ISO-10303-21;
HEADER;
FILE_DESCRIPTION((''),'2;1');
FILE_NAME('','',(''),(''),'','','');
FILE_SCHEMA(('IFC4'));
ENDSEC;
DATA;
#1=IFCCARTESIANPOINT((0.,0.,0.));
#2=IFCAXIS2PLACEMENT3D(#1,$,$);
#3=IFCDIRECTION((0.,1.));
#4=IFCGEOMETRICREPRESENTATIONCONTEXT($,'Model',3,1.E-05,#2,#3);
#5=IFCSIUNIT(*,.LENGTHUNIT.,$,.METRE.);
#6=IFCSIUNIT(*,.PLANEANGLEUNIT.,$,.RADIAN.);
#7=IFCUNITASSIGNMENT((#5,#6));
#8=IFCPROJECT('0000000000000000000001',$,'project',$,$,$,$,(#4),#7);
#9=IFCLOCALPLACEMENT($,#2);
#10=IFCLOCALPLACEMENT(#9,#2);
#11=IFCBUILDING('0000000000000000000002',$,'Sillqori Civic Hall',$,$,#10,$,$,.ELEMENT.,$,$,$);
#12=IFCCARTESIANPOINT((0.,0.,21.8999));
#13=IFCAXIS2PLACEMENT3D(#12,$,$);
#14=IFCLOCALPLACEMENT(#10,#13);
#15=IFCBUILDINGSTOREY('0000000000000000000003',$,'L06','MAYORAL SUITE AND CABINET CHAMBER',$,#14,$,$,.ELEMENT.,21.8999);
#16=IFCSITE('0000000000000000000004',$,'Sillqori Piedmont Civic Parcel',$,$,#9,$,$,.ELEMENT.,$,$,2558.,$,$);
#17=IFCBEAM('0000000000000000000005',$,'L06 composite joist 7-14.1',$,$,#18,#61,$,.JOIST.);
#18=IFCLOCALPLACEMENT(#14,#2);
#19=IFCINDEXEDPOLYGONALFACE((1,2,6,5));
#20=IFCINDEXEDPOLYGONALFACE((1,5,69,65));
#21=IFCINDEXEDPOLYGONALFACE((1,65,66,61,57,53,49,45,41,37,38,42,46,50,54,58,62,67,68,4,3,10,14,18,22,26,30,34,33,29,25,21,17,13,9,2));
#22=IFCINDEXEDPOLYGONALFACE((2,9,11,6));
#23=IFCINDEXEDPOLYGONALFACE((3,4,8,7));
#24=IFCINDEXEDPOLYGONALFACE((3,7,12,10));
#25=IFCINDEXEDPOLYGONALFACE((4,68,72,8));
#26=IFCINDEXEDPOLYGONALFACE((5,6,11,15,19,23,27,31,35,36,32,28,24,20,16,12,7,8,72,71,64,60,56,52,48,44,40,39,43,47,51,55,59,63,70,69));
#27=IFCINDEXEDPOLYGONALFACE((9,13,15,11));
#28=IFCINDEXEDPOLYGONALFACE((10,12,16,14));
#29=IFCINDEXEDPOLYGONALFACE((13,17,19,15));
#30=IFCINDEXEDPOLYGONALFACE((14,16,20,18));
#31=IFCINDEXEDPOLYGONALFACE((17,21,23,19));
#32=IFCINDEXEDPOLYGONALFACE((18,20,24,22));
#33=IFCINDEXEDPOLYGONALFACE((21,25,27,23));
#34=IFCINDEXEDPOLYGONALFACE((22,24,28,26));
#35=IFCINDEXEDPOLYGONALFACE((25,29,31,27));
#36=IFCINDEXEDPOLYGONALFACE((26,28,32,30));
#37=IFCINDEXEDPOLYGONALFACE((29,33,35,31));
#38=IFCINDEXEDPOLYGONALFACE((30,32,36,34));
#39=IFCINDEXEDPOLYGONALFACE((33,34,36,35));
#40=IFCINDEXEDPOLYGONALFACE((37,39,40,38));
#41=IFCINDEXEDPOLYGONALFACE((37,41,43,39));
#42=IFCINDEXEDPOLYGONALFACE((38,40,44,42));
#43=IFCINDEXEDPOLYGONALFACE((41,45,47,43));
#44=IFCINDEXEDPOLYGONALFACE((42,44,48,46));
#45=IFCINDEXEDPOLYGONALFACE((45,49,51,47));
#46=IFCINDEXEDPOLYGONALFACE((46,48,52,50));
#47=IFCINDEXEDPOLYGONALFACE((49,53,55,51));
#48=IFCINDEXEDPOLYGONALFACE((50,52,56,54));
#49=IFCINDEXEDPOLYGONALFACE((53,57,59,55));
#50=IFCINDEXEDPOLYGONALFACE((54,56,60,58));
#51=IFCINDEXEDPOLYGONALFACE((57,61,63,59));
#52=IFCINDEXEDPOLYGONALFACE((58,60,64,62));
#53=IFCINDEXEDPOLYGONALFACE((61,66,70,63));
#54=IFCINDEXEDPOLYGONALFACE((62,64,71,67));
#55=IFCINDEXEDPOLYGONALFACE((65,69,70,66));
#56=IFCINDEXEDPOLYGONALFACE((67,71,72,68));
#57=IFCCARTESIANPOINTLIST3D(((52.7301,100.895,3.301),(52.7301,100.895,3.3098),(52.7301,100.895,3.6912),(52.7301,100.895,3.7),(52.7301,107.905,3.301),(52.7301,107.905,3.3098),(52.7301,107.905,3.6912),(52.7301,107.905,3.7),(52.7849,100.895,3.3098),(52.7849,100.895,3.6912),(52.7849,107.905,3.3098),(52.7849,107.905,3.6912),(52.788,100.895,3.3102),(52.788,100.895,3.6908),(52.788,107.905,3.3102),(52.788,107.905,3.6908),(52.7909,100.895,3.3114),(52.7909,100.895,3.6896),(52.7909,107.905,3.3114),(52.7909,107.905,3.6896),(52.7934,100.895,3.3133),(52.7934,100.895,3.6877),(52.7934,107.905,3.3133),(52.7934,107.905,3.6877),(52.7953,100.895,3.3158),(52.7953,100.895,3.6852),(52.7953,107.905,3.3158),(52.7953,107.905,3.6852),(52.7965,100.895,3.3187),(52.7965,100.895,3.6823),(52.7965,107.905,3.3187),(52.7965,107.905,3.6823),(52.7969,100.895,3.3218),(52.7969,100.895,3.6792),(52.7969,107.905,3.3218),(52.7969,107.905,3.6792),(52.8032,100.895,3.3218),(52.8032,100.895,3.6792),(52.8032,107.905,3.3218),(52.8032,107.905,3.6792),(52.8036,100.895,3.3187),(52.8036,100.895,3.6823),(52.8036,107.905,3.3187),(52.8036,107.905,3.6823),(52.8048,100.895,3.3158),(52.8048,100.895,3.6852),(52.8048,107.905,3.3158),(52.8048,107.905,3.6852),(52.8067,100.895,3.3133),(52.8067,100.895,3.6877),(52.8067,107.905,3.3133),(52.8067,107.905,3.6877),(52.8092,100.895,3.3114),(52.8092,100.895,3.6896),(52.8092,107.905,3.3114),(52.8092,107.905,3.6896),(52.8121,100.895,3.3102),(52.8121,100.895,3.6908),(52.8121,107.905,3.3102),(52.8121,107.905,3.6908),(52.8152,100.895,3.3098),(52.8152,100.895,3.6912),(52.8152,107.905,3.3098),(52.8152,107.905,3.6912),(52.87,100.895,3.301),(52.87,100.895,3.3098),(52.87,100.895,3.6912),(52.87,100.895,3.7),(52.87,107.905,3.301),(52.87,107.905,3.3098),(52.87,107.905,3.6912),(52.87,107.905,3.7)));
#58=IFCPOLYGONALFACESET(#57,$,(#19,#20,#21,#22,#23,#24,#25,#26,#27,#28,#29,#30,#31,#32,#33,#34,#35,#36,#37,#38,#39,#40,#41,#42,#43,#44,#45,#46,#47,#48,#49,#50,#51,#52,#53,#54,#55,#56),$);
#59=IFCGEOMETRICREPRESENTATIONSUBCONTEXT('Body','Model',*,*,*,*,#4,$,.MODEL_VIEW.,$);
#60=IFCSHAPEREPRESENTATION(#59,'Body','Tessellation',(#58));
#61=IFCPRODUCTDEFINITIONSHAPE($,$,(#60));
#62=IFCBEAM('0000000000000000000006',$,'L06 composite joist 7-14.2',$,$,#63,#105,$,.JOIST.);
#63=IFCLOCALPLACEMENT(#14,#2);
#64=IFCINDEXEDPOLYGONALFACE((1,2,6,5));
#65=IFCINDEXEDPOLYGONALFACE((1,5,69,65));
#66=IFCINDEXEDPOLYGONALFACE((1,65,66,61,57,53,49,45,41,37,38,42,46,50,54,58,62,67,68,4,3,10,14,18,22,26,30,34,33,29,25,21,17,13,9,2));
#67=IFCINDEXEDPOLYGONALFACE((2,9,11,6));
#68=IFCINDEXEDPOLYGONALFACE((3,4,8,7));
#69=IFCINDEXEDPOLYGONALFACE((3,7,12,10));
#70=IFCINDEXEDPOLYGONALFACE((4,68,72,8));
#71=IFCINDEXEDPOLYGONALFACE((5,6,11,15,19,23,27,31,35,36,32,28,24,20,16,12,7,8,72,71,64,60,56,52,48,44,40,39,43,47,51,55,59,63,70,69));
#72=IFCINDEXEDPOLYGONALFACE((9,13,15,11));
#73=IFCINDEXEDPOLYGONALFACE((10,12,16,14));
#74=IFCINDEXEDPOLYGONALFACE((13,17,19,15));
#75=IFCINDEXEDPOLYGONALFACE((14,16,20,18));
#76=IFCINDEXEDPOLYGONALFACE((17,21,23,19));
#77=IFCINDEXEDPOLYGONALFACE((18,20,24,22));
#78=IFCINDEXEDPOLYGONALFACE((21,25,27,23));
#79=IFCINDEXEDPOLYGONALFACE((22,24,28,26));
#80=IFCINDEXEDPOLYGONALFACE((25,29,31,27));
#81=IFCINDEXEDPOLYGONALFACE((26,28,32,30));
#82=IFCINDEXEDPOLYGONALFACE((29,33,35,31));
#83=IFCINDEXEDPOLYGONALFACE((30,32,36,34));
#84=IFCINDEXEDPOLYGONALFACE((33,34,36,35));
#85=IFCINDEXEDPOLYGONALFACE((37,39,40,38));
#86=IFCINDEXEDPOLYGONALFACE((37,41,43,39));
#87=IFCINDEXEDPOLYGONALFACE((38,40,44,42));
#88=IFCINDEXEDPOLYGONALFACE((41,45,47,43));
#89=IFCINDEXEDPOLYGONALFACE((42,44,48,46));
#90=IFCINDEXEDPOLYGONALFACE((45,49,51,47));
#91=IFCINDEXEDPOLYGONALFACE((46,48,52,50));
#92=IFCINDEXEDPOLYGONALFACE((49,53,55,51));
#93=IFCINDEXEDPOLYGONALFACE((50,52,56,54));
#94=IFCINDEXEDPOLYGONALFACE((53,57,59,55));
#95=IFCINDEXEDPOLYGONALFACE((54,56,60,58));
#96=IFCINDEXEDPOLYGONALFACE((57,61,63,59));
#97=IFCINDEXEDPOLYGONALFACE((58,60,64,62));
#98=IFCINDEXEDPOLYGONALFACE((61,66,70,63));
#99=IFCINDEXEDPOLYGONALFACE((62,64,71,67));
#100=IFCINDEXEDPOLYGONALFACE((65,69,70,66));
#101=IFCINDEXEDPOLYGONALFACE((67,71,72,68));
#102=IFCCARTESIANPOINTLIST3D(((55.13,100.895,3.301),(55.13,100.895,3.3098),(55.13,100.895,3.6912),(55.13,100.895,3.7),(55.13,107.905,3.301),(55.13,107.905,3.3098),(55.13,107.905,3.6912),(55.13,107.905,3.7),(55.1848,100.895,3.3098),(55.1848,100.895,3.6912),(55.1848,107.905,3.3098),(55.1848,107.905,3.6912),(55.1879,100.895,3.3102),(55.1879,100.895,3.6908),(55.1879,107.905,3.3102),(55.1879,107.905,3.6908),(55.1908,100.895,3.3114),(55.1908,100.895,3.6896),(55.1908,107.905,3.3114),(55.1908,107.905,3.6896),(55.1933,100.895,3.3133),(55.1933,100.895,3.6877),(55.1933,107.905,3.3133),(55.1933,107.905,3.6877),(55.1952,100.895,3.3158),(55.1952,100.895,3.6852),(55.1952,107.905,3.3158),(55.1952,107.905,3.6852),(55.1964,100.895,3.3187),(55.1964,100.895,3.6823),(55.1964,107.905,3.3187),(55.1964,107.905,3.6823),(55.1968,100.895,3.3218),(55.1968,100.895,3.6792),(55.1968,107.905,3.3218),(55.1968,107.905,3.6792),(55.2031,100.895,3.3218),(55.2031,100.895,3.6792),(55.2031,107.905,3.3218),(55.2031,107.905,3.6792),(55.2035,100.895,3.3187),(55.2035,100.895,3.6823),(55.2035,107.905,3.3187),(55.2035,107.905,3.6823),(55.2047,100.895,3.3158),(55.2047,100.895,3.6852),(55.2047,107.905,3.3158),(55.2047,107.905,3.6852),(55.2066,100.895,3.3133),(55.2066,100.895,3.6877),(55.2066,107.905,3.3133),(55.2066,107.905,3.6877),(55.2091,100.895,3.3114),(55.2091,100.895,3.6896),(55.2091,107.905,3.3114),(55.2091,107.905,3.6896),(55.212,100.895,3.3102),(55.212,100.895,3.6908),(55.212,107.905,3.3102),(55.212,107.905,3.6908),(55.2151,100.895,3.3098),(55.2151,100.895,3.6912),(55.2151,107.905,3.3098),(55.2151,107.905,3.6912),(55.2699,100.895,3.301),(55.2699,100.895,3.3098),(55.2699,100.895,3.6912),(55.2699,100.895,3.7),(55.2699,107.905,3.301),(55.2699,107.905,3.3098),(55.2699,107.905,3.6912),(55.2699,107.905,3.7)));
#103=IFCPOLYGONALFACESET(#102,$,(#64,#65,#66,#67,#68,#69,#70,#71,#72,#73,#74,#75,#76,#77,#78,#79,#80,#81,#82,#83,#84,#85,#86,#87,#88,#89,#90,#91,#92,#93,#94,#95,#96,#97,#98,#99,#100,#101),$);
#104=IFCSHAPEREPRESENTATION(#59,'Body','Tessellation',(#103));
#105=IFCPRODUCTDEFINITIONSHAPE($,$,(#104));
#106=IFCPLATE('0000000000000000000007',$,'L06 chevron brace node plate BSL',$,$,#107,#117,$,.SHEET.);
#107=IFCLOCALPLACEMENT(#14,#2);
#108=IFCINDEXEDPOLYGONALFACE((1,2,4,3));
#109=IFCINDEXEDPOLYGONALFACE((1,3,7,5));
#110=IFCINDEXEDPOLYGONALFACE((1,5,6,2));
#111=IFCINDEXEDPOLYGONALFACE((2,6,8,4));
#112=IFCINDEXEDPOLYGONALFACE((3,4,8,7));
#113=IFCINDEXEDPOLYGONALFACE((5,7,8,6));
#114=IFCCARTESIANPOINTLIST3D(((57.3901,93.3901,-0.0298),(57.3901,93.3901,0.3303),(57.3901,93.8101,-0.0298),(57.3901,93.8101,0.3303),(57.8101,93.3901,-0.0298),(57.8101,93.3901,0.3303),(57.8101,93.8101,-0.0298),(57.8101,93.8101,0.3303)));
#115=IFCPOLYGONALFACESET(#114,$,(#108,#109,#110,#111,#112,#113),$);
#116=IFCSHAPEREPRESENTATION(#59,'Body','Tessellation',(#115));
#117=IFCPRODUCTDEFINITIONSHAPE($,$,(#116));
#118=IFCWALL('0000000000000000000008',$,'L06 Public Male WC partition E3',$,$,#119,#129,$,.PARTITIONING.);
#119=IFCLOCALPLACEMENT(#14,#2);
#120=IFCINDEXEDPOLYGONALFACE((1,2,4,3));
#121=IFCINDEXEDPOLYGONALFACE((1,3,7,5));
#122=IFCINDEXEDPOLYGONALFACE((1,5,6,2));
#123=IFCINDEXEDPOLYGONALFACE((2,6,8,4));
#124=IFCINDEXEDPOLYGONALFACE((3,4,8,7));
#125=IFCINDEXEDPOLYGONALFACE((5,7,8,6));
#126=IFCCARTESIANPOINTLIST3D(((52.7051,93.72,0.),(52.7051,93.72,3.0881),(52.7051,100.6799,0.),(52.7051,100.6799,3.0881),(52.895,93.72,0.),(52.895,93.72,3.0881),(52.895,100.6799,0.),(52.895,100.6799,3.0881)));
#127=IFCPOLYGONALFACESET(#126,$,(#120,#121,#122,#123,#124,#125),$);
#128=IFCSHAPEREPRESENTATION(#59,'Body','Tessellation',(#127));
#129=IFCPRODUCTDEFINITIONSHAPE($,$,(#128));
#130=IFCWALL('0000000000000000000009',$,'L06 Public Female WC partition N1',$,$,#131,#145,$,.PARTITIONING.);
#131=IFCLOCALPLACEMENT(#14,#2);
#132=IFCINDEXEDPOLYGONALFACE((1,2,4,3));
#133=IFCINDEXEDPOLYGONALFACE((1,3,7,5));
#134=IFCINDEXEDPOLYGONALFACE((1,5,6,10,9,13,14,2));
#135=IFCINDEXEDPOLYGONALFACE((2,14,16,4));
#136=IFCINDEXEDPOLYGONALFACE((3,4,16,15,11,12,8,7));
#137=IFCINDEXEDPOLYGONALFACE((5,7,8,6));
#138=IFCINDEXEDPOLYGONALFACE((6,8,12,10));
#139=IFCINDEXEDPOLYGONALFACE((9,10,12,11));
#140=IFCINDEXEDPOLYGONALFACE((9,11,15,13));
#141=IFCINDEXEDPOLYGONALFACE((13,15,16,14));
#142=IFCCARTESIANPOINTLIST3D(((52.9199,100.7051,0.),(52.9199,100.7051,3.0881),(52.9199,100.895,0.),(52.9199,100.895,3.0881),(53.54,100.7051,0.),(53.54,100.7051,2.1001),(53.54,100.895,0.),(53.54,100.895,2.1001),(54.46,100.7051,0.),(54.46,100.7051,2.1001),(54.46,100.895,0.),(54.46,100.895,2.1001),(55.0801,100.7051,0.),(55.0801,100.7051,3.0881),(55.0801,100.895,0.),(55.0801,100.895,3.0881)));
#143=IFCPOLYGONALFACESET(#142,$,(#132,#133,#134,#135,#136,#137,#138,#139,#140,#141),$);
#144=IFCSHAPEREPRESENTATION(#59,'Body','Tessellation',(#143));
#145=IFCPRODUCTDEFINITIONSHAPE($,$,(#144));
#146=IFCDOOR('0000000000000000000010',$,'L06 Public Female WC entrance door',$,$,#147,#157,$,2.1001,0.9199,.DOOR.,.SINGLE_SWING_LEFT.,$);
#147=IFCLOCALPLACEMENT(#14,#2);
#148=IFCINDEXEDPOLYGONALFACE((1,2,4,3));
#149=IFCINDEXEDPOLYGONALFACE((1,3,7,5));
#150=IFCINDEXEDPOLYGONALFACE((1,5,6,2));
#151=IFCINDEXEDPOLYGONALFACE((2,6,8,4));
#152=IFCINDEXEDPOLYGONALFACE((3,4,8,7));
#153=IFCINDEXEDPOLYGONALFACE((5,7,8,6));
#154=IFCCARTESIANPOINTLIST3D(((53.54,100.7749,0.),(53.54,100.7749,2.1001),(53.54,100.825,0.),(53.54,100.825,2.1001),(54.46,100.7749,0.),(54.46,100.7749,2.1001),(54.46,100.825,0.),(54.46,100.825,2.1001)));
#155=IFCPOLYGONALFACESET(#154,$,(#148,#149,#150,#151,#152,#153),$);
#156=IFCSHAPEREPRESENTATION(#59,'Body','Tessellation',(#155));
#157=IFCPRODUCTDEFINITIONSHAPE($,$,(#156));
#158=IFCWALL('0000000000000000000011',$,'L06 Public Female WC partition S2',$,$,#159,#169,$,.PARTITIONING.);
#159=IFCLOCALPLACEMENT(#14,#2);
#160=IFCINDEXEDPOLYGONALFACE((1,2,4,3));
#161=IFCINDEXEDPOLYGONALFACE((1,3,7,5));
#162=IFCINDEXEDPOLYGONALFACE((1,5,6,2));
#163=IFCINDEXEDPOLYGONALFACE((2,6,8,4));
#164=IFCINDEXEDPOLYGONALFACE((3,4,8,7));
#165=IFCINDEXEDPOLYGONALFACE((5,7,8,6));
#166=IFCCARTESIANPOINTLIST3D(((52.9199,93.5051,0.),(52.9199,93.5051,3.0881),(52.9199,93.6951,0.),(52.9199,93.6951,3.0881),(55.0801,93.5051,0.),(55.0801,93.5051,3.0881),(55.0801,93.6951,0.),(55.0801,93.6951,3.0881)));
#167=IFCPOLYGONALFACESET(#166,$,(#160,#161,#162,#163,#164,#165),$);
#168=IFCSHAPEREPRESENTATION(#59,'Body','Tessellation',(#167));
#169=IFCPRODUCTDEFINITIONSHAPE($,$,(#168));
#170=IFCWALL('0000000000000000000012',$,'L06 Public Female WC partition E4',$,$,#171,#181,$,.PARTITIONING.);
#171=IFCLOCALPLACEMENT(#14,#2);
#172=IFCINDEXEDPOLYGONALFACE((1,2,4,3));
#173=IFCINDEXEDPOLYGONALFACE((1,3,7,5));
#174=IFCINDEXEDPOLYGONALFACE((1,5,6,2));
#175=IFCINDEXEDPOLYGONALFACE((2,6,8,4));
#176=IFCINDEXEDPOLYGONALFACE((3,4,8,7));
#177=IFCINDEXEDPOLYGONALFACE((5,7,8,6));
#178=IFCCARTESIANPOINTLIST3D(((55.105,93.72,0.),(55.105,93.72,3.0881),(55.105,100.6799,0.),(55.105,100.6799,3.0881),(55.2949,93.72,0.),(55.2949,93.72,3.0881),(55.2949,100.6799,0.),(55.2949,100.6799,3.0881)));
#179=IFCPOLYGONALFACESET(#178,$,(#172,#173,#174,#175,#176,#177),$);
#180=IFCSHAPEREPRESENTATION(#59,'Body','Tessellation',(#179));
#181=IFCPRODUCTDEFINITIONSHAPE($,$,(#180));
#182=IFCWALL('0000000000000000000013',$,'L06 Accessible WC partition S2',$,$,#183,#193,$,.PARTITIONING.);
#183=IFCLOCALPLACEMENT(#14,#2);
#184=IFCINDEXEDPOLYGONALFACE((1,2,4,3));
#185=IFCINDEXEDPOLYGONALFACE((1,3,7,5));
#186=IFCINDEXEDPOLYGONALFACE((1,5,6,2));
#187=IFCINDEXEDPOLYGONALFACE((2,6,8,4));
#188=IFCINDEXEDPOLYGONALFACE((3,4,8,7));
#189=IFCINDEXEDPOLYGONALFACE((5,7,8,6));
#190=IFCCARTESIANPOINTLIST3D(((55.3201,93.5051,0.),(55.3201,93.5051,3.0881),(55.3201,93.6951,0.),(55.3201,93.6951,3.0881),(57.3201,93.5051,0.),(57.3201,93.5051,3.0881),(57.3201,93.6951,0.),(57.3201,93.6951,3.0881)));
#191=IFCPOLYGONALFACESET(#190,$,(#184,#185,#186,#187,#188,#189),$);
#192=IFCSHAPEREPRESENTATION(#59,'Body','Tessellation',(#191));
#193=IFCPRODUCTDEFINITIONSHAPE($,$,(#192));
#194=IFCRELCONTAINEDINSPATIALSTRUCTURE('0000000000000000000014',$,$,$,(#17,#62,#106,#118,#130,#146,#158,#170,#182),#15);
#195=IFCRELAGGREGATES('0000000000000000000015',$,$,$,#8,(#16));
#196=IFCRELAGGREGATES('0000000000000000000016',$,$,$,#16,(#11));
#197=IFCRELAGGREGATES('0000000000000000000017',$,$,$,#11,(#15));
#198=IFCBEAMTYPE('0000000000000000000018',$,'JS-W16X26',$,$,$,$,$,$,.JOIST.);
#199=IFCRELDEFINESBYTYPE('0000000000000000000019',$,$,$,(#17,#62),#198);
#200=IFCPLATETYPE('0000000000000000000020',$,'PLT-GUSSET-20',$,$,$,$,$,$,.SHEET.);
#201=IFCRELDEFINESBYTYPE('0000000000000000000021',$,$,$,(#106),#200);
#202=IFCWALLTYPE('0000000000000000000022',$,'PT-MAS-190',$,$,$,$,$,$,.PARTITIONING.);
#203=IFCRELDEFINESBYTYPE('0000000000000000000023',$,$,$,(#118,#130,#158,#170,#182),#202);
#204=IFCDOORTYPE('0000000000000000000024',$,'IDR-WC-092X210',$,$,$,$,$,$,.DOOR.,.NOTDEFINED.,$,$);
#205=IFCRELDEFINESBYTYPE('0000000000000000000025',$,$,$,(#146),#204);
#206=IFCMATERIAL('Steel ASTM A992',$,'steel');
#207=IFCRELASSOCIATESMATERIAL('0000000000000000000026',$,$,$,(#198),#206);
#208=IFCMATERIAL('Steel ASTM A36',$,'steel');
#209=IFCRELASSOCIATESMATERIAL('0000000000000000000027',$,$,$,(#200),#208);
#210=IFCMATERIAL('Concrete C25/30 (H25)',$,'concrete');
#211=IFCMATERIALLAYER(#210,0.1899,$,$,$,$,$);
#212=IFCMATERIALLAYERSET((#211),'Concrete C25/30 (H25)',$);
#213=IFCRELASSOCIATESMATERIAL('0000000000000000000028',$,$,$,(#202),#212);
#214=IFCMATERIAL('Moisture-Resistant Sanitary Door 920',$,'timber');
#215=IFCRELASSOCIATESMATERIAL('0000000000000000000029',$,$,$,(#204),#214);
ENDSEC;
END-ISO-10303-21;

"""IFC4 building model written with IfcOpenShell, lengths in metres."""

from ifc_helpers import new_model, si_unit, direction, frame, frame_2d, origin, origin_2d, place, context, subcontext, project, spatial, rectangle, i_section, extrude, material, layer, layer_set, material_profile, profile_set, type_object, element, fill, save


model = new_model("IFC4")

# Units and contexts
model_context = context("Model", 3, precision=1e-05, world=origin(), true_north=direction((0.0, 1.0)))
body_context = subcontext(model_context, "Body", "Model", "MODEL_VIEW")
ifc_project = project(units=[si_unit("LENGTHUNIT", "METRE"), si_unit("PLANEANGLEUNIT", "RADIAN")], contexts=[model_context])

# Site, building, storey
site_placement = place(None, origin())
site = spatial("IfcSite", under=ifc_project, at=site_placement, Name="Sillqori Piedmont Civic Parcel", CompositionType="ELEMENT", RefElevation=2558.0)
building_placement = place(site_placement, origin())
building = spatial("IfcBuilding", under=site, at=building_placement, Name="Sillqori Civic Hall", CompositionType="ELEMENT")
storey_placement = place(building_placement, frame((0.0, 0.0, 21.8999)))
storey = spatial("IfcBuildingStorey", under=building, at=storey_placement, Name="L06", Description="MAYORAL SUITE AND CABINET CHAMBER", CompositionType="ELEMENT", Elevation=21.8999)

# Shared definitions
ifc_material_1 = material(Name="Steel ASTM A992", Category="steel")

# Beams
ifc_material_profile_1 = material_profile(ifc_material_1, i_section(OverallWidth=0.1399, OverallDepth=0.3989, WebThickness=0.0063, FlangeThickness=0.0088, FilletRadius=0.012, at=origin_2d()), Name="W16X26")
ifc_profile_set_1 = profile_set([ifc_material_profile_1], Name="Steel ASTM A992")
beam_type_1 = type_object("IfcBeamType", Name="JS-W16X26", PredefinedType="JOIST", material=ifc_profile_set_1)
for number, where, z_axis, x_axis, name in (
    (1, (52.8, 100.895, 3.5005), (0.0, 1.0, 0.0), (-1.0, 0.0, 0.0), "L06 composite joist 7-14.1"),
    (2, (55.2, 100.895, 3.5005), (0.0, 1.0, 0.0), (-1.0, 0.0, 0.0), "L06 composite joist 7-14.2"),
):
    element("IfcBeam", number, at=place(storey_placement, frame(where, z_axis=z_axis, x_axis=x_axis)), inside=storey, type_object=beam_type_1, Name=name, PredefinedType="JOIST", context=body_context, shape_type="SweptSolid", body=[
        extrude(i_section(OverallWidth=0.1399, OverallDepth=0.3989, WebThickness=0.0063, FlangeThickness=0.0088, FilletRadius=0.012, at=origin_2d()), origin(), (0.0, 0.0, 1.0), 7.01),
    ])

# Plate
ifc_material_2 = material(Name="Steel ASTM A36", Category="steel")
plate_type = type_object("IfcPlateType", Name="PLT-GUSSET-20", PredefinedType="SHEET", material=ifc_material_2)
plate_placement = place(storey_placement, frame((57.6001, 93.6001, -0.0298), z_axis=(0.0, 0.0, 1.0), x_axis=(1.0, 0.0, 0.0)))
element("IfcPlate", 3, at=plate_placement, inside=storey, type_object=plate_type, Name="L06 chevron brace node plate BSL", PredefinedType="SHEET", context=body_context, shape_type="SweptSolid", body=[
    extrude(rectangle(XDim=0.4199, YDim=0.4199, at=origin_2d()), origin(), (0.0, 0.0, 1.0), 0.3601),
])

# Wall
ifc_material_3 = material(Name="Concrete C25/30 (H25)", Category="concrete")
ifc_layer = layer(ifc_material_3, 0.1899)
ifc_layer_set = layer_set([ifc_layer], Name="Concrete C25/30 (H25)")
wall_type = type_object("IfcWallType", Name="PT-MAS-190", PredefinedType="PARTITIONING", material=ifc_layer_set)
wall_1_placement = place(storey_placement, frame((52.8, 100.6799, 0.0), z_axis=(0.0, 0.0, 1.0), x_axis=(0.0, -1.0, 0.0)))
element("IfcWall", 4, at=wall_1_placement, inside=storey, type_object=wall_type, Name="L06 Public Male WC partition E3", PredefinedType="PARTITIONING", context=body_context, shape_type="SweptSolid", body=[
    extrude(rectangle(XDim=6.96, YDim=0.1899, at=frame_2d((3.48, 0.0))), origin(), (0.0, 0.0, 1.0), 3.0881),
])

# Wall, opening, door
wall_2_placement = place(storey_placement, frame((52.9199, 100.8, 0.0), z_axis=(0.0, 0.0, 1.0), x_axis=(1.0, 0.0, 0.0)))
wall_2 = element("IfcWall", 5, at=wall_2_placement, inside=storey, type_object=wall_type, Name="L06 Public Female WC partition N1", PredefinedType="PARTITIONING", context=body_context, shape_type="SweptSolid", body=[
    extrude(rectangle(XDim=2.1602, YDim=0.1899, at=frame_2d((1.0801, 0.0))), origin(), (0.0, 0.0, 1.0), 3.0881),
])
opening_1_placement = place(wall_2_placement, frame((0.6201, 0.0, 0.0)))
opening_1 = element("IfcOpeningElement", 6, at=opening_1_placement, cuts=wall_2, PredefinedType="OPENING", context=body_context, shape_type="SweptSolid", body=[
    extrude(rectangle(XDim=0.9199, YDim=2.1001, at=frame_2d((0.46, 1.05))), frame((0.0, 0.105, 0.0), z_axis=(0.0, -1.0, 0.0), x_axis=(1.0, 0.0, 0.0)), (0.0, 0.0, 1.0), 0.21),
])
ifc_material_4 = material(Name="Moisture-Resistant Sanitary Door 920", Category="timber")
door_type_1 = type_object("IfcDoorType", Name="IDR-WC-092X210", OperationType="NOTDEFINED", PredefinedType="DOOR", material=ifc_material_4)
door_1_placement = place(opening_1_placement, origin())
door_1 = element("IfcDoor", 7, at=door_1_placement, inside=storey, type_object=door_type_1, Name="L06 Public Female WC entrance door", OperationType="SINGLE_SWING_LEFT", OverallHeight=2.1001, OverallWidth=0.9199, PredefinedType="DOOR", context=body_context, shape_type="SweptSolid", body=[
    extrude(rectangle(XDim=0.9199, YDim=2.1001, at=frame_2d((0.46, 1.05))), frame((0.0, 0.0249, 0.0), z_axis=(0.0, -1.0, 0.0), x_axis=(1.0, 0.0, 0.0)), (0.0, 0.0, 1.0), 0.05),
])
fill(opening_1, door_1)

# Walls
wall_3_placement = place(storey_placement, frame((55.0801, 93.6001, 0.0), z_axis=(0.0, 0.0, 1.0), x_axis=(-1.0, 0.0, 0.0)))
element("IfcWall", 8, at=wall_3_placement, inside=storey, type_object=wall_type, Name="L06 Public Female WC partition S2", PredefinedType="PARTITIONING", context=body_context, shape_type="SweptSolid", body=[
    extrude(rectangle(XDim=2.1602, YDim=0.1899, at=frame_2d((1.0801, 0.0))), origin(), (0.0, 0.0, 1.0), 3.0881),
])
wall_4_placement = place(storey_placement, frame((55.2, 100.6799, 0.0), z_axis=(0.0, 0.0, 1.0), x_axis=(0.0, -1.0, 0.0)))
element("IfcWall", 9, at=wall_4_placement, inside=storey, type_object=wall_type, Name="L06 Public Female WC partition E4", PredefinedType="PARTITIONING", context=body_context, shape_type="SweptSolid", body=[
    extrude(rectangle(XDim=6.96, YDim=0.1899, at=frame_2d((3.48, 0.0))), origin(), (0.0, 0.0, 1.0), 3.0881),
])

# Wall
wall_5_placement = place(storey_placement, frame((57.3201, 93.6001, 0.0), z_axis=(0.0, 0.0, 1.0), x_axis=(-1.0, 0.0, 0.0)))
element("IfcWall", 10, at=wall_5_placement, inside=storey, type_object=wall_type, Name="L06 Accessible WC partition S2", PredefinedType="PARTITIONING", context=body_context, shape_type="SweptSolid", body=[
    extrude(rectangle(XDim=2.0, YDim=0.1899, at=frame_2d((1.0, 0.0))), origin(), (0.0, 0.0, 1.0), 3.0881),
])

save(model, "model.ifc")
